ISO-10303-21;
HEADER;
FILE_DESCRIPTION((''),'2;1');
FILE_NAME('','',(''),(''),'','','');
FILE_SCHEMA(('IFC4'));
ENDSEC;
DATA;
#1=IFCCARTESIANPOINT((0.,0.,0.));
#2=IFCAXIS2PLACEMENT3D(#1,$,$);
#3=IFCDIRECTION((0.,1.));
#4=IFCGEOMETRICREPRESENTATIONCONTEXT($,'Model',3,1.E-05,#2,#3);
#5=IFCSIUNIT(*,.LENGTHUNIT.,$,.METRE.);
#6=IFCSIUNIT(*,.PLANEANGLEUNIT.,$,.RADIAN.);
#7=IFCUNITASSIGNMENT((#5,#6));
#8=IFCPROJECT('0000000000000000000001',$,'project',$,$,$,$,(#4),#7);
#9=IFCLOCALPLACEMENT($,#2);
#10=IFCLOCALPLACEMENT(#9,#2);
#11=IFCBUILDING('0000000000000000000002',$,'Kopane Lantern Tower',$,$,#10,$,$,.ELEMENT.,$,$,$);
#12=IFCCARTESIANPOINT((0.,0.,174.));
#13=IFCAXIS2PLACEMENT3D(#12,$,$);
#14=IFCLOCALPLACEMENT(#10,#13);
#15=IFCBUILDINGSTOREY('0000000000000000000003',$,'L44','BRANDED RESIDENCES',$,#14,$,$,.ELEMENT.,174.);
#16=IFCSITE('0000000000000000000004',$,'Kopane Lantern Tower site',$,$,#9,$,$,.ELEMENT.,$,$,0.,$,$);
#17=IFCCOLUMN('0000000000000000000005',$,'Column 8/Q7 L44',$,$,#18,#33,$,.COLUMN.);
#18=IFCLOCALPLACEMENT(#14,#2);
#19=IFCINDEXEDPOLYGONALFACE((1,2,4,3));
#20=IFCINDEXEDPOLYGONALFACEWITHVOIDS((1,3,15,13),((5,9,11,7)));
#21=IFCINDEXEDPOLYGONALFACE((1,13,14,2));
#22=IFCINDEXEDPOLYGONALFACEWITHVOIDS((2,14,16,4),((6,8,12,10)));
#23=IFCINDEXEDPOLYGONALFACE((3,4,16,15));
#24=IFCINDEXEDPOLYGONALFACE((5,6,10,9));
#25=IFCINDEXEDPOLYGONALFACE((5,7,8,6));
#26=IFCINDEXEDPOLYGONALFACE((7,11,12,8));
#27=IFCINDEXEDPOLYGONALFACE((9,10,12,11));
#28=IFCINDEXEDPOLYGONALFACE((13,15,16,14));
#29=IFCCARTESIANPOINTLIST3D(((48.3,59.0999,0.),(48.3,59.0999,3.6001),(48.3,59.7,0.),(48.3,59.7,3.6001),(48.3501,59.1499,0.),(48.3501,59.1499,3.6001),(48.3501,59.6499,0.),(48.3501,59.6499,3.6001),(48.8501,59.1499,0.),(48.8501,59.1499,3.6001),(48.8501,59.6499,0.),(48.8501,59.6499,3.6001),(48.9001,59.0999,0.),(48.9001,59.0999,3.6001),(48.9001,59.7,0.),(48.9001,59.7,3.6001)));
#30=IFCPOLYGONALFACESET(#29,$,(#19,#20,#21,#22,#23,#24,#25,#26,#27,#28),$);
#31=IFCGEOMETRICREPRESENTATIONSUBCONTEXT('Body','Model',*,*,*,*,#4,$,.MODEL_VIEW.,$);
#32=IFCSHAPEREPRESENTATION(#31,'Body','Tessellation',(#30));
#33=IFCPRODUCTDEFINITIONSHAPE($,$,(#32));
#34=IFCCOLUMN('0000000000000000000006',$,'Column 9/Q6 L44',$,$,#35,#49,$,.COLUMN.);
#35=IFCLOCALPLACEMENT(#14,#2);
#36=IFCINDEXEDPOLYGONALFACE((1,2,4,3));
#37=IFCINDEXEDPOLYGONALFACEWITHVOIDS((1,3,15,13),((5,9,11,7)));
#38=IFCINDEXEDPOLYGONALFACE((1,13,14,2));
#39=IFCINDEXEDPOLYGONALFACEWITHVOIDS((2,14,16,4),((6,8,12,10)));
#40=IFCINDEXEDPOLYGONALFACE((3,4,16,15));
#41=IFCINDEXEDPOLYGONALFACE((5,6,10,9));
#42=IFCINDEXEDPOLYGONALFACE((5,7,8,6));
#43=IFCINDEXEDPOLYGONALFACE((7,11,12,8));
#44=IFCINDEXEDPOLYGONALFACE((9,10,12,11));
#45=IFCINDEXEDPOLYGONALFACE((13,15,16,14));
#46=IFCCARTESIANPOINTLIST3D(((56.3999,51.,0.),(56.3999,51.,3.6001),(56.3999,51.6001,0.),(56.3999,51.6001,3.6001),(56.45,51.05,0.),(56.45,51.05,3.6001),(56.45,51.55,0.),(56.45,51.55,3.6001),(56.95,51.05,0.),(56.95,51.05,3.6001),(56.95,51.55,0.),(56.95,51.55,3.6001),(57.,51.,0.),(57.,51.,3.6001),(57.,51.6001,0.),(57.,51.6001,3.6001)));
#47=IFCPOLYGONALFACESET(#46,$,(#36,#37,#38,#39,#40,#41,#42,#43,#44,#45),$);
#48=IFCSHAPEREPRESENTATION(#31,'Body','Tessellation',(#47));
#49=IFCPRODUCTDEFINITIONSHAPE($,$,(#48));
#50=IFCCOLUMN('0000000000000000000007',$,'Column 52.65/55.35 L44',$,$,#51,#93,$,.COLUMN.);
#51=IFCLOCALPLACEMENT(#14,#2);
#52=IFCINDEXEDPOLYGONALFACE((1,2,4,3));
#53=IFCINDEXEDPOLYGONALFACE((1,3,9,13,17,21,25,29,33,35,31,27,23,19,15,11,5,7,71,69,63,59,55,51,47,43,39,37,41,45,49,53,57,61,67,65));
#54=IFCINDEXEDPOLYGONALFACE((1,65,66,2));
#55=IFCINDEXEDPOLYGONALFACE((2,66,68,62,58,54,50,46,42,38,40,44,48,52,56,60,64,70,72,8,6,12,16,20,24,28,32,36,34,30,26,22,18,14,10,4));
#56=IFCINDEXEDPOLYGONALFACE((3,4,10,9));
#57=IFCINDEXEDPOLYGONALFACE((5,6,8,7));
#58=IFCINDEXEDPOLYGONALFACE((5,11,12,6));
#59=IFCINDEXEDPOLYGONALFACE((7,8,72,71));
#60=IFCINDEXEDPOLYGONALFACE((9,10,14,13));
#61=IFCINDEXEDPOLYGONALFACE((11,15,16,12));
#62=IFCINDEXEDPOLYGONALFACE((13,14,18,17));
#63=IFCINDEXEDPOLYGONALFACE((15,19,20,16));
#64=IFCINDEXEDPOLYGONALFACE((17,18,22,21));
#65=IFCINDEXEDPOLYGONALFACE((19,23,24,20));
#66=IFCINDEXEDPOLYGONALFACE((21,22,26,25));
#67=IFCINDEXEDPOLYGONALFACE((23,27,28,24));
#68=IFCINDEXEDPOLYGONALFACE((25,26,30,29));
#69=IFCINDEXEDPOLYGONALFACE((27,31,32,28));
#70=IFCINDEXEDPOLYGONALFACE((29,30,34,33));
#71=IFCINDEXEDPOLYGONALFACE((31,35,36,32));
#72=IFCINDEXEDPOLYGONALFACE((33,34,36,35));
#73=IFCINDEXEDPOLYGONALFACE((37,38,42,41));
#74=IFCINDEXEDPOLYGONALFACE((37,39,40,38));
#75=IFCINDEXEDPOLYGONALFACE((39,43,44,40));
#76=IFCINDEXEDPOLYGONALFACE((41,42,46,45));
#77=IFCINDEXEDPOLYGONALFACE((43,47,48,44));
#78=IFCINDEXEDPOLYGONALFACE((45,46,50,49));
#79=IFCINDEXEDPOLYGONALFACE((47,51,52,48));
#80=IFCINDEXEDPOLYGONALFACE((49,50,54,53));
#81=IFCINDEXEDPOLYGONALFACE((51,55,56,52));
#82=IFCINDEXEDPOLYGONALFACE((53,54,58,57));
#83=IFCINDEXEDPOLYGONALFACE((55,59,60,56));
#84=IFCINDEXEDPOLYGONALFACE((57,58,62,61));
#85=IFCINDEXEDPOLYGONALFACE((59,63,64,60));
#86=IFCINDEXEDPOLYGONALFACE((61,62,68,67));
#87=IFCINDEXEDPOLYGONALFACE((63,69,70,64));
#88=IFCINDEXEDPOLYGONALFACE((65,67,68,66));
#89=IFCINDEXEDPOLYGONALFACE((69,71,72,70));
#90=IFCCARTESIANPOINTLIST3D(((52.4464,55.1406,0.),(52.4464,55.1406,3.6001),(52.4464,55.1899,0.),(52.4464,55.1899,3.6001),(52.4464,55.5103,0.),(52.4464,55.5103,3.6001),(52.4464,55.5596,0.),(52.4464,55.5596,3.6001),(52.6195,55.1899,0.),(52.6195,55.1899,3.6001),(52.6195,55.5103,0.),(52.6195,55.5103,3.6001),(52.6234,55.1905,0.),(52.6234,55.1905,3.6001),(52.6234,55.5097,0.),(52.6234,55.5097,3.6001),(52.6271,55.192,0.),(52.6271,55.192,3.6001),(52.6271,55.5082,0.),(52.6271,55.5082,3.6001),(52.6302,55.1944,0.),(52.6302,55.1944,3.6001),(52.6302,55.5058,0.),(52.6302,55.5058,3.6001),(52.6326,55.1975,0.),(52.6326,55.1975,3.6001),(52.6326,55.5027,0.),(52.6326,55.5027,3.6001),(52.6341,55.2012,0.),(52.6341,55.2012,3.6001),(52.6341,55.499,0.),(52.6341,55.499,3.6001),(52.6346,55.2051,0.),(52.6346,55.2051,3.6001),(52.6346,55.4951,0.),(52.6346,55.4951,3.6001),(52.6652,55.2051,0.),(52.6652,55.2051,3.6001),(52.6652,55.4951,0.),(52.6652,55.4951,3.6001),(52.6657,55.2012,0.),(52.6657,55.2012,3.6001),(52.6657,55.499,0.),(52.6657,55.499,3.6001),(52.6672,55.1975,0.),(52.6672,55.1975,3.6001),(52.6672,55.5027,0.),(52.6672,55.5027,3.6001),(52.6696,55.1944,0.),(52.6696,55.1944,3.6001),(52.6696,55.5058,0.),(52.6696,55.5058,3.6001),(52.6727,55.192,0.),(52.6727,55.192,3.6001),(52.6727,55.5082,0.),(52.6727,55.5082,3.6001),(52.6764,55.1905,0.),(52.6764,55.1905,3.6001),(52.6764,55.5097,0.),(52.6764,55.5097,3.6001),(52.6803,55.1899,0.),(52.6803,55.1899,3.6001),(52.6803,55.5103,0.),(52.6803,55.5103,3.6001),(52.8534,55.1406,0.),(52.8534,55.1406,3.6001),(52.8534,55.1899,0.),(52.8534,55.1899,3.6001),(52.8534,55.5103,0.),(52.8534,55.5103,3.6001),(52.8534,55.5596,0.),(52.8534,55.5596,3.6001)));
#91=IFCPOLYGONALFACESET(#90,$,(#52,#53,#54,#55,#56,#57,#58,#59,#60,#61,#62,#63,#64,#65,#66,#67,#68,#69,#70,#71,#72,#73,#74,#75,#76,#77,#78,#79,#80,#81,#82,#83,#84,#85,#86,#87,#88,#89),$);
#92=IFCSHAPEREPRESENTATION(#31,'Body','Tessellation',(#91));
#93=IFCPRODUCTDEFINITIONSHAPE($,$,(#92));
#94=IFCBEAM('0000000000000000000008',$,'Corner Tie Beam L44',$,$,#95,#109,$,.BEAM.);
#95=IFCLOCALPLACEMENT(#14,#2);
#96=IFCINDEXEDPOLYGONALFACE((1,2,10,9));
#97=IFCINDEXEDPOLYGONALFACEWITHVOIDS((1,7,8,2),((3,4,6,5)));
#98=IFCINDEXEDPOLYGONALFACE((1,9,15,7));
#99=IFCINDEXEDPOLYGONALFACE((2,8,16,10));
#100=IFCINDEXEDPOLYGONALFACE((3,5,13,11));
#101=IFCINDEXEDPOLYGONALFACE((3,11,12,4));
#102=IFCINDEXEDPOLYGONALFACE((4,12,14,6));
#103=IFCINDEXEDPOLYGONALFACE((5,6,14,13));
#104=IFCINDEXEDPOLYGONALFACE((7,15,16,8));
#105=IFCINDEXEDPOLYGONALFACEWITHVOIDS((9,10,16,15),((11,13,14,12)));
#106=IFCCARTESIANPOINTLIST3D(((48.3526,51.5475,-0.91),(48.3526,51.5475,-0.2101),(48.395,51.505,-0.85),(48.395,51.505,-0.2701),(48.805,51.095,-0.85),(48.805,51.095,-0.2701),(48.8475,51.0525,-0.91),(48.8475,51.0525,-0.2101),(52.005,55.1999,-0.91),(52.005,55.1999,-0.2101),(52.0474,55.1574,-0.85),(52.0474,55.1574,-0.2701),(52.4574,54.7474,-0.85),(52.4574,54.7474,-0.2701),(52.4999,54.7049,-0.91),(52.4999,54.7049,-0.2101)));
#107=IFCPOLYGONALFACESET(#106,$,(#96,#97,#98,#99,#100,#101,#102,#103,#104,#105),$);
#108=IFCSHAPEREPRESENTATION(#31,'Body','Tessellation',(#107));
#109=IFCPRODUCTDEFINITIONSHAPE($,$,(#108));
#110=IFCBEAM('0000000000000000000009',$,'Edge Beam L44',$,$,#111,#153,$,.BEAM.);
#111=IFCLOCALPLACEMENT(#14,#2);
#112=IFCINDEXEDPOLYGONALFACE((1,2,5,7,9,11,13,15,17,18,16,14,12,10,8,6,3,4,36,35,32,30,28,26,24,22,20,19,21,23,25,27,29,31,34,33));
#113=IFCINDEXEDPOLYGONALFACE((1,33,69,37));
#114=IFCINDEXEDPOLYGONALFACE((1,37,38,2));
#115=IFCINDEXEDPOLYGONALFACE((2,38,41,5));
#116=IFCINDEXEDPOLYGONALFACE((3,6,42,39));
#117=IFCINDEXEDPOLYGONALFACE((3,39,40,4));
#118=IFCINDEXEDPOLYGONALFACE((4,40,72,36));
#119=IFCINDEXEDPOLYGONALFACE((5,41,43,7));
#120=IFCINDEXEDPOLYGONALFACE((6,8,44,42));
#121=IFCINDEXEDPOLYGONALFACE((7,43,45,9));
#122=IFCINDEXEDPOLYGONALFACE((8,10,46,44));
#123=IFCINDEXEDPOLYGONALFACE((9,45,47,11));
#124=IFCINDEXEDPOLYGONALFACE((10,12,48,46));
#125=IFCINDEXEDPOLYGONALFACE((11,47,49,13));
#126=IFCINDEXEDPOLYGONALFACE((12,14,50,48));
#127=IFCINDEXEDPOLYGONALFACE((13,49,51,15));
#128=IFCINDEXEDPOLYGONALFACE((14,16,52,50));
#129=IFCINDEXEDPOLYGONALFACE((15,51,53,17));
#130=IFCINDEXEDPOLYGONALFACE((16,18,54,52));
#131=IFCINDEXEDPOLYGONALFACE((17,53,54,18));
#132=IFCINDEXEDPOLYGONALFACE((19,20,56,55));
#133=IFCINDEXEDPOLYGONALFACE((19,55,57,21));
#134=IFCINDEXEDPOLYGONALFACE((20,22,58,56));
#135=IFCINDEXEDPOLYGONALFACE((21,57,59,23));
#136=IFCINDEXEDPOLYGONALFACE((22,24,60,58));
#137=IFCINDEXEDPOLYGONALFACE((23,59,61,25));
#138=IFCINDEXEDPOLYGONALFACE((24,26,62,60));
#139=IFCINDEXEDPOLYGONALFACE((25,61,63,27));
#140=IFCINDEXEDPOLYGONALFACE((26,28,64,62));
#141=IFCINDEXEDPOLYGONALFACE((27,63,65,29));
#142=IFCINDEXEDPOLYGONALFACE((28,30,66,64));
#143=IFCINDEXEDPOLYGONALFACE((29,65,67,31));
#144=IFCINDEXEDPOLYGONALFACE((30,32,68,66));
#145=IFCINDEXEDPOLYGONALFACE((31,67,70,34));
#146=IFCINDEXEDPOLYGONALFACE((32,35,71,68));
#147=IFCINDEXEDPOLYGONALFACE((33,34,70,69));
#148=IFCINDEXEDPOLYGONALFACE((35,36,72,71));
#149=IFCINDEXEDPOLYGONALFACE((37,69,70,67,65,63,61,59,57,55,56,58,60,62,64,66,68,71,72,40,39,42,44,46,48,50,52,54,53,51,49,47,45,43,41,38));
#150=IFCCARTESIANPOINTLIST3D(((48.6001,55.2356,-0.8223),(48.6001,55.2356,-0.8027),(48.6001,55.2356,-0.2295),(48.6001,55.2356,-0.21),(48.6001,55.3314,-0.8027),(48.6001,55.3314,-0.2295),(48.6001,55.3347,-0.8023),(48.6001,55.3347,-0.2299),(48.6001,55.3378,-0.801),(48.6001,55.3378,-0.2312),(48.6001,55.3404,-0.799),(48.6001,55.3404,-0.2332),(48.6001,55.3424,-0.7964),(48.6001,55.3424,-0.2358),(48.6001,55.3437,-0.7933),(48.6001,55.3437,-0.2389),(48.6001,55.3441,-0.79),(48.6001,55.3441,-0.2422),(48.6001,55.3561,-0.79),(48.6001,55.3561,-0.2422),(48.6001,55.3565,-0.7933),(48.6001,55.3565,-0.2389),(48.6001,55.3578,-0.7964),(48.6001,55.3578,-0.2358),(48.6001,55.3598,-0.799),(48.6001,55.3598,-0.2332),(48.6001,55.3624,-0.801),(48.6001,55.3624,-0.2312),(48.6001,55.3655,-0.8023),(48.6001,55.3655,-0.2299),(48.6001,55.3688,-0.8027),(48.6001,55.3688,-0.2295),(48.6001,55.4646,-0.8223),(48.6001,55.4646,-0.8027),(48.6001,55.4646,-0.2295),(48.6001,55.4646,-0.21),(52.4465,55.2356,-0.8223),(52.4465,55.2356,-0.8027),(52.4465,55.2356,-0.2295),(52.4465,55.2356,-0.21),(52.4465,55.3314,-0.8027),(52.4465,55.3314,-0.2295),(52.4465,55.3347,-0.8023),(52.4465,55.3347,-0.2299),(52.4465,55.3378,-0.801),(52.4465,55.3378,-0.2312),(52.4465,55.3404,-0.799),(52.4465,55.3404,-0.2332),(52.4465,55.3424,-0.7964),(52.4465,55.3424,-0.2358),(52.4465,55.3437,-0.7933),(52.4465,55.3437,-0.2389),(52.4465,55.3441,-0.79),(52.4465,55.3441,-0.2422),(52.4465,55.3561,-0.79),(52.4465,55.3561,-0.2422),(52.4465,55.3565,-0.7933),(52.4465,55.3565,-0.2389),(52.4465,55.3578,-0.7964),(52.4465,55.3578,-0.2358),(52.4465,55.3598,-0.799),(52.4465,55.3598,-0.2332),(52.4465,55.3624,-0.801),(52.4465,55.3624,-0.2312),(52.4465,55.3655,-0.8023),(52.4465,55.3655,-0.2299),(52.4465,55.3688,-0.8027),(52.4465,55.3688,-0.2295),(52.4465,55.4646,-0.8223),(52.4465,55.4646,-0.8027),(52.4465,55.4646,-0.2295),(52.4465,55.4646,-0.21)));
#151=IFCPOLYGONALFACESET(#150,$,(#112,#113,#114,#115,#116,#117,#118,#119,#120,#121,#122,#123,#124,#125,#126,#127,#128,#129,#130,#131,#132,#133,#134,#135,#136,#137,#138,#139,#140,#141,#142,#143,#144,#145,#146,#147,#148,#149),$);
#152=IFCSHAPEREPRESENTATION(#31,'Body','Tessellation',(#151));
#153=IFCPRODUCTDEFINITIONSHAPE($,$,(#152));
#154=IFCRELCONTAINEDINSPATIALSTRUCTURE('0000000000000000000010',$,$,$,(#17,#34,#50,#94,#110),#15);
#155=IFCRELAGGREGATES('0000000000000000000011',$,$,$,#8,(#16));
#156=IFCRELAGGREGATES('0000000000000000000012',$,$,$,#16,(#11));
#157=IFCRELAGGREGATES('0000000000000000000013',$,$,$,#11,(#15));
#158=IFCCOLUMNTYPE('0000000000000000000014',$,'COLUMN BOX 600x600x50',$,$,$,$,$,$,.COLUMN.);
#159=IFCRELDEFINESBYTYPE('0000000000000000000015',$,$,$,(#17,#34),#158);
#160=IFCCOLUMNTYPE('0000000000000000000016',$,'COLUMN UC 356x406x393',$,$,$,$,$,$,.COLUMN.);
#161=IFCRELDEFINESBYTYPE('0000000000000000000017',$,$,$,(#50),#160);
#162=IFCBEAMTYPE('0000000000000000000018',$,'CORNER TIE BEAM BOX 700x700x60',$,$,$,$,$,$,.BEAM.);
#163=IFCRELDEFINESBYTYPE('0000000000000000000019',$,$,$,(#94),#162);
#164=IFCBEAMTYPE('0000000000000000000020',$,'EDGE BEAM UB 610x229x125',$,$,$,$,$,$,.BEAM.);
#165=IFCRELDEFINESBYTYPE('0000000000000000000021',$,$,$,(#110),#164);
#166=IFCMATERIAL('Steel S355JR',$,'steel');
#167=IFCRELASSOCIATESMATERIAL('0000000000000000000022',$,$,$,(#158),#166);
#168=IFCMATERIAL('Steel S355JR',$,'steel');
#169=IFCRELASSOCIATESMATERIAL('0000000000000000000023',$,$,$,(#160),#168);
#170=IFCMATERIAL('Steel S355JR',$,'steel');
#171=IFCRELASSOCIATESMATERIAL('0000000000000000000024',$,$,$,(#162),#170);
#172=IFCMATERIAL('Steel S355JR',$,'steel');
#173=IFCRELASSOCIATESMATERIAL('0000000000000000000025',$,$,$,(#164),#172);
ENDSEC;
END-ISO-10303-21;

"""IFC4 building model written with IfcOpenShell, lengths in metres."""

from ifc_helpers import new_model, si_unit, direction, frame, origin, origin_2d, place, context, subcontext, project, spatial, hollow_rectangle, i_section, extrude, material, material_profile, profile_set, type_object, element, save


model = new_model("IFC4")

# Units and contexts
model_context = context("Model", 3, precision=1e-05, world=origin(), true_north=direction((0.0, 1.0)))
body_context = subcontext(model_context, "Body", "Model", "MODEL_VIEW")
ifc_project = project(units=[si_unit("LENGTHUNIT", "METRE"), si_unit("PLANEANGLEUNIT", "RADIAN")], contexts=[model_context])

# Site, building, storey
site_placement = place(None, origin())
site = spatial("IfcSite", under=ifc_project, at=site_placement, Name="Kopane Lantern Tower site", CompositionType="ELEMENT", RefElevation=0.0)
building_placement = place(site_placement, origin())
building = spatial("IfcBuilding", under=site, at=building_placement, Name="Kopane Lantern Tower", CompositionType="ELEMENT")
storey_placement = place(building_placement, frame((0.0, 0.0, 174.0)))
storey = spatial("IfcBuildingStorey", under=building, at=storey_placement, Name="L44", Description="BRANDED RESIDENCES", CompositionType="ELEMENT", Elevation=174.0)

# Columns
ifc_material_1 = material(Name="Steel S355JR", Category="steel")
ifc_material_profile_1 = material_profile(ifc_material_1, hollow_rectangle(XDim=0.6001, YDim=0.6001, WallThickness=0.05, at=origin_2d()), Name="BOX 600x600x50")
ifc_profile_set_1 = profile_set([ifc_material_profile_1], Name="Steel S355JR")
column_type_1 = type_object("IfcColumnType", Name="COLUMN BOX 600x600x50", PredefinedType="COLUMN", material=ifc_profile_set_1)
for number, where, z_axis, x_axis, name in (
    (1, (48.6001, 59.3999, 0.0), (0.0, 0.0, 1.0), (1.0, 0.0, 0.0), "Column 8/Q7 L44"),
    (2, (56.7, 51.3, 0.0), (0.0, 0.0, 1.0), (1.0, 0.0, 0.0), "Column 9/Q6 L44"),
):
    element("IfcColumn", number, at=place(storey_placement, frame(where, z_axis=z_axis, x_axis=x_axis)), inside=storey, type_object=column_type_1, Name=name, PredefinedType="COLUMN", context=body_context, shape_type="SweptSolid", body=[
        extrude(hollow_rectangle(XDim=0.6001, YDim=0.6001, WallThickness=0.05, at=origin_2d()), origin(), (0.0, 0.0, 1.0), 3.6001),
    ])
ifc_material_2 = material(Name="Steel S355JR", Category="steel")
ifc_material_profile_2 = material_profile(ifc_material_2, i_section(OverallWidth=0.407, OverallDepth=0.4189, WebThickness=0.0305, FlangeThickness=0.0493, FilletRadius=0.0151, at=origin_2d()), Name="UC 356x406x393")
ifc_profile_set_2 = profile_set([ifc_material_profile_2], Name="Steel S355JR")
column_type_2 = type_object("IfcColumnType", Name="COLUMN UC 356x406x393", PredefinedType="COLUMN", material=ifc_profile_set_2)
column_placement = place(storey_placement, frame((52.6499, 55.3501, 0.0), z_axis=(0.0, 0.0, 1.0), x_axis=(1.0, 0.0, 0.0)))
element("IfcColumn", 3, at=column_placement, inside=storey, type_object=column_type_2, Name="Column 52.65/55.35 L44", PredefinedType="COLUMN", context=body_context, shape_type="SweptSolid", body=[
    extrude(i_section(OverallWidth=0.407, OverallDepth=0.4189, WebThickness=0.0305, FlangeThickness=0.0493, FilletRadius=0.0151, at=origin_2d()), origin(), (0.0, 0.0, 1.0), 3.6001),
])

# Beams
ifc_material_3 = material(Name="Steel S355JR", Category="steel")
ifc_material_profile_3 = material_profile(ifc_material_3, hollow_rectangle(XDim=0.7, YDim=0.7, WallThickness=0.0601, at=origin_2d()), Name="BOX 700x700x60")
ifc_profile_set_3 = profile_set([ifc_material_profile_3], Name="Steel S355JR")
beam_type_1 = type_object("IfcBeamType", Name="CORNER TIE BEAM BOX 700x700x60", PredefinedType="BEAM", material=ifc_profile_set_3)
beam_placement = place(storey_placement, frame((52.2524, 54.9524, -0.5601), z_axis=(-0.707107, -0.707107, 0.0), x_axis=(0.707107, -0.707107, 0.0)))
element("IfcBeam", 4, at=beam_placement, inside=storey, type_object=beam_type_1, Name="Corner Tie Beam L44", PredefinedType="BEAM", context=body_context, shape_type="SweptSolid", body=[
    extrude(hollow_rectangle(XDim=0.7, YDim=0.7, WallThickness=0.0601, at=origin_2d()), origin(), (0.0, 0.0, 1.0), 5.1653),
])
ifc_material_4 = material(Name="Steel S355JR", Category="steel")
ifc_material_profile_4 = material_profile(ifc_material_4, i_section(OverallWidth=0.229, OverallDepth=0.6123, WebThickness=0.012, FlangeThickness=0.0195, FilletRadius=0.0127, at=origin_2d()), Name="UB 610x229x125")
ifc_profile_set_4 = profile_set([ifc_material_profile_4], Name="Steel S355JR")
beam_type_2 = type_object("IfcBeamType", Name="EDGE BEAM UB 610x229x125", PredefinedType="BEAM", material=ifc_profile_set_4)
for number, where, z_axis, x_axis, name in (
    (5, (52.4465, 55.3501, -0.5161), (-1.0, 0.0, 0.0), (0.0, -1.0, 0.0), "Edge Beam L44"),
):
    element("IfcBeam", number, at=place(storey_placement, frame(where, z_axis=z_axis, x_axis=x_axis)), inside=storey, type_object=beam_type_2, Name=name, PredefinedType="BEAM", context=body_context, shape_type="SweptSolid", body=[
        extrude(i_section(OverallWidth=0.229, OverallDepth=0.6123, WebThickness=0.012, FlangeThickness=0.0195, FilletRadius=0.0127, at=origin_2d()), origin(), (0.0, 0.0, 1.0), 3.8464),
    ])

save(model, "model.ifc")
